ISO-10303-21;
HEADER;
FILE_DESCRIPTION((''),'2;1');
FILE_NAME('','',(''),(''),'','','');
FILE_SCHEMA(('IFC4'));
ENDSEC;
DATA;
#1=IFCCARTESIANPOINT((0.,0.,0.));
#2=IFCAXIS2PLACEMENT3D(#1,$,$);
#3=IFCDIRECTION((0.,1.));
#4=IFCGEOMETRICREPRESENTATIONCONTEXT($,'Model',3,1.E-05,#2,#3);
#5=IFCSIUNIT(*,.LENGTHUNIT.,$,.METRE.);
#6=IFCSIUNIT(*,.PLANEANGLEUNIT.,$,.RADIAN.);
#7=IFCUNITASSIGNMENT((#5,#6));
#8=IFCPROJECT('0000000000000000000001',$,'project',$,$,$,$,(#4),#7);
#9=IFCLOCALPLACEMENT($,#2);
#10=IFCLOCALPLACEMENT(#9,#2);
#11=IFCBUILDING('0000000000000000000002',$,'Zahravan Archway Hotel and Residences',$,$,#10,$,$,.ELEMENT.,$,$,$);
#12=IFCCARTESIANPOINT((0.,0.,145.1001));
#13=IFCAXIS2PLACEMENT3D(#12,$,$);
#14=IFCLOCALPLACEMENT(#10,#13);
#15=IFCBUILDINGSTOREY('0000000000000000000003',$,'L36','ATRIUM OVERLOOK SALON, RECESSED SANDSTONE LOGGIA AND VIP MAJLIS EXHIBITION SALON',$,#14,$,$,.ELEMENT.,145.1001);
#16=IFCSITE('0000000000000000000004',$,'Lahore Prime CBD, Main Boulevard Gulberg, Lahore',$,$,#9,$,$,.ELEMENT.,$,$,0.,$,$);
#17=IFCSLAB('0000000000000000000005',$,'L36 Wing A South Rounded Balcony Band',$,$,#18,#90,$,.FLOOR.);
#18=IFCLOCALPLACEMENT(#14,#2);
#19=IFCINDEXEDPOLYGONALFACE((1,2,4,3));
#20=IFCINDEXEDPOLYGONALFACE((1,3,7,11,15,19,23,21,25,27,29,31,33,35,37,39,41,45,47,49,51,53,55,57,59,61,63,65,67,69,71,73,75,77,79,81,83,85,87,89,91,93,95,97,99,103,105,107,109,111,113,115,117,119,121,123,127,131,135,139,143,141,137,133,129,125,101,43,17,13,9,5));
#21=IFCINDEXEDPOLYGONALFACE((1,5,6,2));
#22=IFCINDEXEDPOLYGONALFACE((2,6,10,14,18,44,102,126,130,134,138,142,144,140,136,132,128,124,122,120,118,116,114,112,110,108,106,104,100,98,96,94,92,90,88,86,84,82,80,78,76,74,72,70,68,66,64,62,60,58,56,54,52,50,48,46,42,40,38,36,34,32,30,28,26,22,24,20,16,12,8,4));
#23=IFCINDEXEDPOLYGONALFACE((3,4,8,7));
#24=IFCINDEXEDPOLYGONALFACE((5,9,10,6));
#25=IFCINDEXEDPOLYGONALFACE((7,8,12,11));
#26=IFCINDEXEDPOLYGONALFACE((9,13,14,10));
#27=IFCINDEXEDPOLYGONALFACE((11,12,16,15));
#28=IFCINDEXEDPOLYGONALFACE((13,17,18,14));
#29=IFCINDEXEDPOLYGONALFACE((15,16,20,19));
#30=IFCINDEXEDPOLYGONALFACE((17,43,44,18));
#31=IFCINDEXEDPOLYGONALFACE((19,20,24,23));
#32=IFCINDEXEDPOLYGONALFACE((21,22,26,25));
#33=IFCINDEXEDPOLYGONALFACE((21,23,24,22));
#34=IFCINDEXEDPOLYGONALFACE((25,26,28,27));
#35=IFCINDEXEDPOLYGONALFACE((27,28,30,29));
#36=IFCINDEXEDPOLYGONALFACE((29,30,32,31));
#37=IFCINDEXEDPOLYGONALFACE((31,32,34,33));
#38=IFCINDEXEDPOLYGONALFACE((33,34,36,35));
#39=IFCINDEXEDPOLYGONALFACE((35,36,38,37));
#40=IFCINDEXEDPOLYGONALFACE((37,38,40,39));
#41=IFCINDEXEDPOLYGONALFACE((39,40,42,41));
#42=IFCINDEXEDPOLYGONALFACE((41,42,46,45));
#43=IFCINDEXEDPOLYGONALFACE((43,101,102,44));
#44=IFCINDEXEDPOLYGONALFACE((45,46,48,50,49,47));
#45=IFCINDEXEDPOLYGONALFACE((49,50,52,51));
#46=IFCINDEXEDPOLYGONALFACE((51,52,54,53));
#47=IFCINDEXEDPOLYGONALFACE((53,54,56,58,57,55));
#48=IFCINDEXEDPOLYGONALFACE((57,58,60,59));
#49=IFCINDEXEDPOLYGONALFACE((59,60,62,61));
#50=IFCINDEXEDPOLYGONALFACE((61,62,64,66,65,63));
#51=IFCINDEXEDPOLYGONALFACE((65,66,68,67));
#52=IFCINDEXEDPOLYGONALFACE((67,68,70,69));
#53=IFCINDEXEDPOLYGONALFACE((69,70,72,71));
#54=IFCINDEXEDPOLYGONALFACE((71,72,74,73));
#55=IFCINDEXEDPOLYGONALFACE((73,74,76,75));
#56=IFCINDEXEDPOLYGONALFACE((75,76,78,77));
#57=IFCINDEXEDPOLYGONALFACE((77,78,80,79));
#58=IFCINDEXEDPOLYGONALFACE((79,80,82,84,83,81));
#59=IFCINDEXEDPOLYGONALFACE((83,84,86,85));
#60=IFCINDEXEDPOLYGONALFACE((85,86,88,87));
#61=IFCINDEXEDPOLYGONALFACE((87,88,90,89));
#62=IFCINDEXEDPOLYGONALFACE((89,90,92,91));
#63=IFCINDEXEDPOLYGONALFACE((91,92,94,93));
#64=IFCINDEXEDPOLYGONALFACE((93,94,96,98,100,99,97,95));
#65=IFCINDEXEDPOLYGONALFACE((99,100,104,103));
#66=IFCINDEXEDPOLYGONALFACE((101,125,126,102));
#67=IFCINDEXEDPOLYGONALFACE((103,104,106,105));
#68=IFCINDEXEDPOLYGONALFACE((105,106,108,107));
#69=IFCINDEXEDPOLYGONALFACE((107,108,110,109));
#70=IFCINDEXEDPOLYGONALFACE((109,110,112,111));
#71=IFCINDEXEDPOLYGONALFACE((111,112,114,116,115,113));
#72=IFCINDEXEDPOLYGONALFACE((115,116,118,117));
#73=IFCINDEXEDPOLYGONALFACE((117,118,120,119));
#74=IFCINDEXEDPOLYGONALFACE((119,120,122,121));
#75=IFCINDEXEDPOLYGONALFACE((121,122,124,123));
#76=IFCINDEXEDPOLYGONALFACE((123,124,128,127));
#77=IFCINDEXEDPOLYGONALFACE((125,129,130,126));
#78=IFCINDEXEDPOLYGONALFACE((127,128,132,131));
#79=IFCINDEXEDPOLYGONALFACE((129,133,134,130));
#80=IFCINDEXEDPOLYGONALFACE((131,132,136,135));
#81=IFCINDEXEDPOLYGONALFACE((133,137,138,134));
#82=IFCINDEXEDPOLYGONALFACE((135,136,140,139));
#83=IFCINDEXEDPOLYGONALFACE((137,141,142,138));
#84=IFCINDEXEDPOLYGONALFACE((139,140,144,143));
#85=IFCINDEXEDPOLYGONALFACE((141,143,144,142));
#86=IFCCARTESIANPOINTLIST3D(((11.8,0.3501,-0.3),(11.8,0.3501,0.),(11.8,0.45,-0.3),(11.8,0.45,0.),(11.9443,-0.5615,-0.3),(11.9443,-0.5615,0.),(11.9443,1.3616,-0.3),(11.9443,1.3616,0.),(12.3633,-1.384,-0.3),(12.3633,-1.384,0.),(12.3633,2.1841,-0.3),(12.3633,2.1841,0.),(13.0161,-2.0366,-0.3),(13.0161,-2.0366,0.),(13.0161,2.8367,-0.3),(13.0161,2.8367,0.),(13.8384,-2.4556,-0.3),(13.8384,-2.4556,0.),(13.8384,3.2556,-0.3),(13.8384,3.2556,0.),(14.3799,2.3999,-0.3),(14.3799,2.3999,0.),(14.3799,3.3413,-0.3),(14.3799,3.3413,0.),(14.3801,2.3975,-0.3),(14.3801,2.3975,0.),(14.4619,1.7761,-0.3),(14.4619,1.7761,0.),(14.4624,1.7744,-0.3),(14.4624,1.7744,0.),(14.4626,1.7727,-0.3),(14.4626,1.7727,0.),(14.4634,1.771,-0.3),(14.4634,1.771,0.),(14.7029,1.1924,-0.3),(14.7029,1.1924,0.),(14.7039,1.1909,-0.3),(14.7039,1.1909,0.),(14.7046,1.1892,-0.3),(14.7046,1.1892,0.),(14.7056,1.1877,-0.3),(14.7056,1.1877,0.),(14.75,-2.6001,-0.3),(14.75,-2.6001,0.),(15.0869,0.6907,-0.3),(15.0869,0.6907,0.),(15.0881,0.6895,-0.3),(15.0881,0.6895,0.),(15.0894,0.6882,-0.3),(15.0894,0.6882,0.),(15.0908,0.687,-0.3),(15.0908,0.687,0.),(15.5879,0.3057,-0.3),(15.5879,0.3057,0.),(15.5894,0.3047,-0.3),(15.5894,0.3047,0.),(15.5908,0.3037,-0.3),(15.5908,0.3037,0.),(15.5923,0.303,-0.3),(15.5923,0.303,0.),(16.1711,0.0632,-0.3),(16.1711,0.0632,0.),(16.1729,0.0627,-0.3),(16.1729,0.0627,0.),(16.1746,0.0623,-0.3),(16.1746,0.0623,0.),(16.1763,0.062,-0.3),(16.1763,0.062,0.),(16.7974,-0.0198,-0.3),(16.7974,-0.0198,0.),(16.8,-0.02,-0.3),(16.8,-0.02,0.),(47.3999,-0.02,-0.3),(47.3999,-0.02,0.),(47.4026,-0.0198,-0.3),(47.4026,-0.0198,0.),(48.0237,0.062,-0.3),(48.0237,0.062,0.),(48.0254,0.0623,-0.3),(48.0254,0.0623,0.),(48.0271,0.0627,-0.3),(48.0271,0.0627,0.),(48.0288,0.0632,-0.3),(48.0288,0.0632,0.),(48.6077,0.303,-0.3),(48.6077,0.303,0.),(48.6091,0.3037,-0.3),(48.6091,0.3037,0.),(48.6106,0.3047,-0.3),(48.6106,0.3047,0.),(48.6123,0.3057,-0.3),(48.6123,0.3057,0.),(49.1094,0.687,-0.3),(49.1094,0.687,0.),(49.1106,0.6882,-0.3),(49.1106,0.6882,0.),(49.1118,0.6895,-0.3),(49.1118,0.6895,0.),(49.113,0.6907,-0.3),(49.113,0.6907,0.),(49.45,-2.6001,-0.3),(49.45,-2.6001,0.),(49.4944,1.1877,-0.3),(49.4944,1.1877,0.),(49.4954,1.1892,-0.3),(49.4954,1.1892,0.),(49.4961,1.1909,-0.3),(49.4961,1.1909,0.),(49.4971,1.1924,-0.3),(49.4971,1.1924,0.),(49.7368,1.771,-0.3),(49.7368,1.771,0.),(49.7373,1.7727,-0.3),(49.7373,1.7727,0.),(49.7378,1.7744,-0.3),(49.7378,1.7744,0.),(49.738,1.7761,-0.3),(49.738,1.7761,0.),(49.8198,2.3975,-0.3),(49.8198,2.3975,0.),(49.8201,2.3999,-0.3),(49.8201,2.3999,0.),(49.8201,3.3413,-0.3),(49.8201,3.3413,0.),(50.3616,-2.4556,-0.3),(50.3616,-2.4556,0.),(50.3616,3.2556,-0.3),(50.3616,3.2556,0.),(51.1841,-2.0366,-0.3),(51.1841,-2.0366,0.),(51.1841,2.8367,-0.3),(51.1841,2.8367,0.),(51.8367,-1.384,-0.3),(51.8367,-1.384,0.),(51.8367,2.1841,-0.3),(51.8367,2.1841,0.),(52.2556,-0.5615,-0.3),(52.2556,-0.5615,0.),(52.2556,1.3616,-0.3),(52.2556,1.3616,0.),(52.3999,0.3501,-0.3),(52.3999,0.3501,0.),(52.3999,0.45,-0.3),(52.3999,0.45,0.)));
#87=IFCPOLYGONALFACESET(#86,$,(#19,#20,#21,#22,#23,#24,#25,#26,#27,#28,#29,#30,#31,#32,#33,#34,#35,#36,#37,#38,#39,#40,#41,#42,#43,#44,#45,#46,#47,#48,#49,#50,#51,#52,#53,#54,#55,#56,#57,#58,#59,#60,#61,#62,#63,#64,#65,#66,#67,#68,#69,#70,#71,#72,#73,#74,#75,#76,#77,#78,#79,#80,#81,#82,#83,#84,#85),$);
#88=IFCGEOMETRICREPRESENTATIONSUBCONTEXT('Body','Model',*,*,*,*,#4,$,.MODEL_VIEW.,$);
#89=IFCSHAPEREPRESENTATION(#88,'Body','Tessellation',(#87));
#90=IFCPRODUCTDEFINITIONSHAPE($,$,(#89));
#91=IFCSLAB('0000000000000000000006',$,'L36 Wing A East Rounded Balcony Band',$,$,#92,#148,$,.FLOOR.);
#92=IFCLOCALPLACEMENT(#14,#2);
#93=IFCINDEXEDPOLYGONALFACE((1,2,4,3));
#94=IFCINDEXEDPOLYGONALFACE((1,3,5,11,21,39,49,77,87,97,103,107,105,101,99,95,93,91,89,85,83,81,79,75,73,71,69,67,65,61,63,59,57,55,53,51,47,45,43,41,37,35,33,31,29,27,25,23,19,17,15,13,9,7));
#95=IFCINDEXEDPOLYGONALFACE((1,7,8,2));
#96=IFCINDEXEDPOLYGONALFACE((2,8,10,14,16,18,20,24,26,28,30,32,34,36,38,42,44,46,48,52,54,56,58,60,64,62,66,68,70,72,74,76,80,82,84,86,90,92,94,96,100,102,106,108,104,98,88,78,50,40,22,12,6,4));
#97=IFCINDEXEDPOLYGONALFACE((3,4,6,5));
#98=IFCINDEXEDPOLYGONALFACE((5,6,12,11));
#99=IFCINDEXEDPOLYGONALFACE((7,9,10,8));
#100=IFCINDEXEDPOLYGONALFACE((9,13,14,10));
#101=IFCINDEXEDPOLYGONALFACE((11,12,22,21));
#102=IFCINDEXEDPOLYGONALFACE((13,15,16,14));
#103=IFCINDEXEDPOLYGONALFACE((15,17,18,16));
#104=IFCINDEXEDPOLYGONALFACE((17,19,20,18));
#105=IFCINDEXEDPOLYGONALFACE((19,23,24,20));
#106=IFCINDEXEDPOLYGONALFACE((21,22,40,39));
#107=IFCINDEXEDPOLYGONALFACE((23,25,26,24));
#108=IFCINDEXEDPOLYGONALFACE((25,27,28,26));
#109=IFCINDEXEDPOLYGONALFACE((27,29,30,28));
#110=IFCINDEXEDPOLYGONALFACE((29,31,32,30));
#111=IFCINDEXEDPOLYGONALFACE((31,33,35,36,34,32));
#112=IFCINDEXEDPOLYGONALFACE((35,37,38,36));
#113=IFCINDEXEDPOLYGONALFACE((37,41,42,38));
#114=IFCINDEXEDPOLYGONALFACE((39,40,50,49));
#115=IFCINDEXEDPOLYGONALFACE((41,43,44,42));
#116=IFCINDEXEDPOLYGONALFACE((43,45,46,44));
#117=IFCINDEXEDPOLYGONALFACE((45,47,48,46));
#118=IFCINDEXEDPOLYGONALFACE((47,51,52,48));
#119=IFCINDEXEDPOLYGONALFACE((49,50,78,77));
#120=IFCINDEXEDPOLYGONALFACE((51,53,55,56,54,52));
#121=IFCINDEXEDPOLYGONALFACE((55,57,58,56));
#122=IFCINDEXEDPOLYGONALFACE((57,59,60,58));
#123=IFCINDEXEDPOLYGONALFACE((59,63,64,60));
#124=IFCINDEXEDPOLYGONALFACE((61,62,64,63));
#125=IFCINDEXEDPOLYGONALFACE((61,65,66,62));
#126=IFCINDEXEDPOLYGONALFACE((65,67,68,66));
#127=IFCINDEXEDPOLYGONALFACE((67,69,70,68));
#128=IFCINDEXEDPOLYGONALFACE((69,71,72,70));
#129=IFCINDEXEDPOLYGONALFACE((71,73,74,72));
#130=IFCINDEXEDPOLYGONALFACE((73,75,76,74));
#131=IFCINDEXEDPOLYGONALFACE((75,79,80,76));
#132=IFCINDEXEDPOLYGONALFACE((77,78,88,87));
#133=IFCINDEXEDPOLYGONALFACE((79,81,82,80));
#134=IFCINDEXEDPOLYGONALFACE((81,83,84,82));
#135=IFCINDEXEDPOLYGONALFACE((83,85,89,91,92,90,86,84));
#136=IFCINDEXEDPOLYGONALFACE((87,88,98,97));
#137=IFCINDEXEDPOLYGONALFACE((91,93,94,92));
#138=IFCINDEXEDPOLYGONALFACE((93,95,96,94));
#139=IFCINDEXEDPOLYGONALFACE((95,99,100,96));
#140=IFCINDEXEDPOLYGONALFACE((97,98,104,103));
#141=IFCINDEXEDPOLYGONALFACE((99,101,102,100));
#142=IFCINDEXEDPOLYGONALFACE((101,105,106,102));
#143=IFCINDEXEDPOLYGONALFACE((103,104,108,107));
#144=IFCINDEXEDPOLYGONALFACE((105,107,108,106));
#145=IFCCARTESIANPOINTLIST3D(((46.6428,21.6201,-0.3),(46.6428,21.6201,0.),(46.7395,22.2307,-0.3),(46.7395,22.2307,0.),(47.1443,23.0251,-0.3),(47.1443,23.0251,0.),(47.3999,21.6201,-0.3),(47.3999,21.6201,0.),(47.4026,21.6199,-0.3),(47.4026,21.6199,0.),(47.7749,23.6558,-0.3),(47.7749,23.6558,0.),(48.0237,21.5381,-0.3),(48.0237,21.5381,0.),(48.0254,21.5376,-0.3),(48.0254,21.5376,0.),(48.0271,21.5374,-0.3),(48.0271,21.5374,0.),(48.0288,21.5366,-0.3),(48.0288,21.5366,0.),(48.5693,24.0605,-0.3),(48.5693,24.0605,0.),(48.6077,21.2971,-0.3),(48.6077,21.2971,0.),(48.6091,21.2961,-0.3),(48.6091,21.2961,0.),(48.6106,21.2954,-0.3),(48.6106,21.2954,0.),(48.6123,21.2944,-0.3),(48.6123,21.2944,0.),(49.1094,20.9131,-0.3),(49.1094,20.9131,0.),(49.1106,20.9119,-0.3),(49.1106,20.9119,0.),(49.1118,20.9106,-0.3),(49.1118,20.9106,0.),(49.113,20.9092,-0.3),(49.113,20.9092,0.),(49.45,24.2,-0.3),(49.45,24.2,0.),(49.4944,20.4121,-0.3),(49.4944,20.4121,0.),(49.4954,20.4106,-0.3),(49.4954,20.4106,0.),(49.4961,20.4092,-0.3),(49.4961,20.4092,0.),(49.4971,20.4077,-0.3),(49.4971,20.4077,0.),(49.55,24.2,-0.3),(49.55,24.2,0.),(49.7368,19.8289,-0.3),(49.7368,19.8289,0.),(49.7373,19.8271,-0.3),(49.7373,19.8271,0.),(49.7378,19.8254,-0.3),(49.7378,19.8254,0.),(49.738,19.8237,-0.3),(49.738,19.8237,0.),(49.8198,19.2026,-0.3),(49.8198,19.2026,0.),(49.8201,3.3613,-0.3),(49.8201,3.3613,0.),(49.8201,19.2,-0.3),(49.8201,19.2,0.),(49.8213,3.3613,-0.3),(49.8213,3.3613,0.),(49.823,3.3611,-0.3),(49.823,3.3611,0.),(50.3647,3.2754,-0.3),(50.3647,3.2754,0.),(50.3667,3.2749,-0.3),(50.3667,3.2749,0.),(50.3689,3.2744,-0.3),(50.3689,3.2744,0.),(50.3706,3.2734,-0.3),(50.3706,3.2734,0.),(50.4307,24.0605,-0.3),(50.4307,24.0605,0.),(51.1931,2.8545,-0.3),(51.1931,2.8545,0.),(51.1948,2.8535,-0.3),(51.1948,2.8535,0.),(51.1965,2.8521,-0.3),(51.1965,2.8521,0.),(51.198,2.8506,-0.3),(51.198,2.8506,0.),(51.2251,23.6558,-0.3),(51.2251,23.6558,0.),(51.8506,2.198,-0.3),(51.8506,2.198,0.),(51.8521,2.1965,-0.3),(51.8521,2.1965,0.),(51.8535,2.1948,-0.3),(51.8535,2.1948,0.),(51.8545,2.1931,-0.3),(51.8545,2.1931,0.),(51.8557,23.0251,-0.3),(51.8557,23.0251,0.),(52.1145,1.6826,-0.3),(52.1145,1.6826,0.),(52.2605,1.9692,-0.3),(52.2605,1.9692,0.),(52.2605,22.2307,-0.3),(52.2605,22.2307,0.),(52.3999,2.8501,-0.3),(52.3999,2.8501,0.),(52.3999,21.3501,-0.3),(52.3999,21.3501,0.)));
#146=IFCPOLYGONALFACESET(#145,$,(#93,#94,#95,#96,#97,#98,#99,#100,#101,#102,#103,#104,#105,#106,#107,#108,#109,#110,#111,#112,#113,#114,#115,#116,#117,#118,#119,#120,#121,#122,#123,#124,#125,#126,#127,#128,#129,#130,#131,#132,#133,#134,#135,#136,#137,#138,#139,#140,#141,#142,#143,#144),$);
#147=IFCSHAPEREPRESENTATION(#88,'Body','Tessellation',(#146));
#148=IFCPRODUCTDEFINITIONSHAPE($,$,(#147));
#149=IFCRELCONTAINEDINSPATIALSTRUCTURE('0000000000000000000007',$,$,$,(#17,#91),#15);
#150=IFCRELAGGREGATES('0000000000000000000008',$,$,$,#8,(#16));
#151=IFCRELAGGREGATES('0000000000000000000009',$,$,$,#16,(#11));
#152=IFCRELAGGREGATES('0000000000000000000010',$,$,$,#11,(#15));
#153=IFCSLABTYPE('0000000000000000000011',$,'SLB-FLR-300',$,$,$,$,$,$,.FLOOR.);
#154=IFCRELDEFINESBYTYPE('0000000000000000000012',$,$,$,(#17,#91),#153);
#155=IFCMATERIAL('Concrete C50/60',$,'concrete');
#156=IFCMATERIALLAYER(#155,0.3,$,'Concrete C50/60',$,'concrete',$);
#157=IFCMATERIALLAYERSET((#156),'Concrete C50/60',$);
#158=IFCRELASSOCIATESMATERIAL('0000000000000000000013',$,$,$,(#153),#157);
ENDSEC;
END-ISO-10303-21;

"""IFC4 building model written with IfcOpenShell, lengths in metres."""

from ifc_helpers import new_model, si_unit, direction, frame, origin, place, context, subcontext, project, spatial, polyline, outline, extrude, material, layer, layer_set, type_object, element, save


model = new_model("IFC4")

# Units and contexts
model_context = context("Model", 3, precision=1e-05, world=origin(), true_north=direction((0.0, 1.0)))
body_context = subcontext(model_context, "Body", "Model", "MODEL_VIEW")
ifc_project = project(units=[si_unit("LENGTHUNIT", "METRE"), si_unit("PLANEANGLEUNIT", "RADIAN")], contexts=[model_context])

# Site, building, storey
site_placement = place(None, origin())
site = spatial("IfcSite", under=ifc_project, at=site_placement, Name="Lahore Prime CBD, Main Boulevard Gulberg, Lahore", CompositionType="ELEMENT", RefElevation=0.0)
building_placement = place(site_placement, origin())
building = spatial("IfcBuilding", under=site, at=building_placement, Name="Zahravan Archway Hotel and Residences", CompositionType="ELEMENT")
storey_placement = place(building_placement, frame((0.0, 0.0, 145.1001)))
storey = spatial("IfcBuildingStorey", under=building, at=storey_placement, Name="L36", Description="ATRIUM OVERLOOK SALON, RECESSED SANDSTONE LOGGIA AND VIP MAJLIS EXHIBITION SALON", CompositionType="ELEMENT", Elevation=145.1001)

# Slabs
ifc_material_1 = material(Name="Concrete C50/60", Category="concrete")
ifc_layer_1 = layer(ifc_material_1, 0.3, Name="Concrete C50/60", Category="concrete")
ifc_layer_set_1 = layer_set([ifc_layer_1], Name="Concrete C50/60")
slab_type_1 = type_object("IfcSlabType", Name="SLB-FLR-300", PredefinedType="FLOOR", material=ifc_layer_set_1)
slab_1_placement = place(storey_placement, frame((0.0, 0.0, -0.3)))
element("IfcSlab", 1, at=slab_1_placement, inside=storey, type_object=slab_type_1, Name="L36 Wing A South Rounded Balcony Band", PredefinedType="FLOOR", context=body_context, shape_type="SweptSolid", body=[
    extrude(outline(polyline([(50.3616, 3.2556), (51.1841, 2.8367), (51.8367, 2.1841), (52.2556, 1.3616), (52.3999, 0.45), (52.3999, 0.3501), (52.2556, -0.5615), (51.8367, -1.384), (51.1841, -2.0366), (50.3616, -2.4556), (49.45, -2.6001), (14.75, -2.6001), (13.8384, -2.4556), (13.0161, -2.0366), (12.3633, -1.384), (11.9443, -0.5615), (11.8, 0.3501), (11.8, 0.45), (11.9443, 1.3616), (12.3633, 2.1841), (13.0161, 2.8367), (13.8384, 3.2556), (14.3799, 3.3413), (14.3799, 2.3999), (14.3801, 2.3975), (14.4619, 1.7761), (14.4624, 1.7744), (14.4626, 1.7727), (14.4634, 1.771), (14.7029, 1.1924), (14.7039, 1.1909), (14.7046, 1.1892), (14.7056, 1.1877), (15.0869, 0.6907), (15.0881, 0.6895), (15.0894, 0.6882), (15.0908, 0.687), (15.5879, 0.3057), (15.5894, 0.3047), (15.5908, 0.3037), (15.5923, 0.303), (16.1711, 0.0632), (16.1729, 0.0627), (16.1746, 0.0623), (16.1763, 0.062), (16.7974, -0.0198), (16.8, -0.02), (47.3999, -0.02), (47.4026, -0.0198), (48.0237, 0.062), (48.0254, 0.0623), (48.0271, 0.0627), (48.0288, 0.0632), (48.6077, 0.303), (48.6091, 0.3037), (48.6106, 0.3047), (48.6123, 0.3057), (49.1094, 0.687), (49.1106, 0.6882), (49.1118, 0.6895), (49.113, 0.6907), (49.4944, 1.1877), (49.4954, 1.1892), (49.4961, 1.1909), (49.4971, 1.1924), (49.7368, 1.771), (49.7373, 1.7727), (49.7378, 1.7744), (49.738, 1.7761), (49.8198, 2.3975), (49.8201, 2.3999), (49.8201, 3.3413), (50.3616, 3.2556)])), origin(), (0.0, 0.0, 1.0), 0.3),
])
slab_2_placement = place(storey_placement, frame((0.0, 0.0, -0.3)))
element("IfcSlab", 2, at=slab_2_placement, inside=storey, type_object=slab_type_1, Name="L36 Wing A East Rounded Balcony Band", PredefinedType="FLOOR", context=body_context, shape_type="SweptSolid", body=[
    extrude(outline(polyline([(46.7395, 22.2307), (47.1443, 23.0251), (47.7749, 23.6558), (48.5693, 24.0605), (49.45, 24.2), (49.55, 24.2), (50.4307, 24.0605), (51.2251, 23.6558), (51.8557, 23.0251), (52.2605, 22.2307), (52.3999, 21.3501), (52.3999, 2.8501), (52.2605, 1.9692), (52.1145, 1.6826), (51.8545, 2.1931), (51.8535, 2.1948), (51.8521, 2.1965), (51.8506, 2.198), (51.198, 2.8506), (51.1965, 2.8521), (51.1948, 2.8535), (51.1931, 2.8545), (50.3706, 3.2734), (50.3689, 3.2744), (50.3667, 3.2749), (50.3647, 3.2754), (49.823, 3.3611), (49.8213, 3.3613), (49.8201, 3.3613), (49.8201, 19.2), (49.8198, 19.2026), (49.738, 19.8237), (49.7378, 19.8254), (49.7373, 19.8271), (49.7368, 19.8289), (49.4971, 20.4077), (49.4961, 20.4092), (49.4954, 20.4106), (49.4944, 20.4121), (49.113, 20.9092), (49.1118, 20.9106), (49.1106, 20.9119), (49.1094, 20.9131), (48.6123, 21.2944), (48.6106, 21.2954), (48.6091, 21.2961), (48.6077, 21.2971), (48.0288, 21.5366), (48.0271, 21.5374), (48.0254, 21.5376), (48.0237, 21.5381), (47.4026, 21.6199), (47.3999, 21.6201), (46.6428, 21.6201), (46.7395, 22.2307)])), origin(), (0.0, 0.0, 1.0), 0.3),
])

save(model, "model.ifc")
